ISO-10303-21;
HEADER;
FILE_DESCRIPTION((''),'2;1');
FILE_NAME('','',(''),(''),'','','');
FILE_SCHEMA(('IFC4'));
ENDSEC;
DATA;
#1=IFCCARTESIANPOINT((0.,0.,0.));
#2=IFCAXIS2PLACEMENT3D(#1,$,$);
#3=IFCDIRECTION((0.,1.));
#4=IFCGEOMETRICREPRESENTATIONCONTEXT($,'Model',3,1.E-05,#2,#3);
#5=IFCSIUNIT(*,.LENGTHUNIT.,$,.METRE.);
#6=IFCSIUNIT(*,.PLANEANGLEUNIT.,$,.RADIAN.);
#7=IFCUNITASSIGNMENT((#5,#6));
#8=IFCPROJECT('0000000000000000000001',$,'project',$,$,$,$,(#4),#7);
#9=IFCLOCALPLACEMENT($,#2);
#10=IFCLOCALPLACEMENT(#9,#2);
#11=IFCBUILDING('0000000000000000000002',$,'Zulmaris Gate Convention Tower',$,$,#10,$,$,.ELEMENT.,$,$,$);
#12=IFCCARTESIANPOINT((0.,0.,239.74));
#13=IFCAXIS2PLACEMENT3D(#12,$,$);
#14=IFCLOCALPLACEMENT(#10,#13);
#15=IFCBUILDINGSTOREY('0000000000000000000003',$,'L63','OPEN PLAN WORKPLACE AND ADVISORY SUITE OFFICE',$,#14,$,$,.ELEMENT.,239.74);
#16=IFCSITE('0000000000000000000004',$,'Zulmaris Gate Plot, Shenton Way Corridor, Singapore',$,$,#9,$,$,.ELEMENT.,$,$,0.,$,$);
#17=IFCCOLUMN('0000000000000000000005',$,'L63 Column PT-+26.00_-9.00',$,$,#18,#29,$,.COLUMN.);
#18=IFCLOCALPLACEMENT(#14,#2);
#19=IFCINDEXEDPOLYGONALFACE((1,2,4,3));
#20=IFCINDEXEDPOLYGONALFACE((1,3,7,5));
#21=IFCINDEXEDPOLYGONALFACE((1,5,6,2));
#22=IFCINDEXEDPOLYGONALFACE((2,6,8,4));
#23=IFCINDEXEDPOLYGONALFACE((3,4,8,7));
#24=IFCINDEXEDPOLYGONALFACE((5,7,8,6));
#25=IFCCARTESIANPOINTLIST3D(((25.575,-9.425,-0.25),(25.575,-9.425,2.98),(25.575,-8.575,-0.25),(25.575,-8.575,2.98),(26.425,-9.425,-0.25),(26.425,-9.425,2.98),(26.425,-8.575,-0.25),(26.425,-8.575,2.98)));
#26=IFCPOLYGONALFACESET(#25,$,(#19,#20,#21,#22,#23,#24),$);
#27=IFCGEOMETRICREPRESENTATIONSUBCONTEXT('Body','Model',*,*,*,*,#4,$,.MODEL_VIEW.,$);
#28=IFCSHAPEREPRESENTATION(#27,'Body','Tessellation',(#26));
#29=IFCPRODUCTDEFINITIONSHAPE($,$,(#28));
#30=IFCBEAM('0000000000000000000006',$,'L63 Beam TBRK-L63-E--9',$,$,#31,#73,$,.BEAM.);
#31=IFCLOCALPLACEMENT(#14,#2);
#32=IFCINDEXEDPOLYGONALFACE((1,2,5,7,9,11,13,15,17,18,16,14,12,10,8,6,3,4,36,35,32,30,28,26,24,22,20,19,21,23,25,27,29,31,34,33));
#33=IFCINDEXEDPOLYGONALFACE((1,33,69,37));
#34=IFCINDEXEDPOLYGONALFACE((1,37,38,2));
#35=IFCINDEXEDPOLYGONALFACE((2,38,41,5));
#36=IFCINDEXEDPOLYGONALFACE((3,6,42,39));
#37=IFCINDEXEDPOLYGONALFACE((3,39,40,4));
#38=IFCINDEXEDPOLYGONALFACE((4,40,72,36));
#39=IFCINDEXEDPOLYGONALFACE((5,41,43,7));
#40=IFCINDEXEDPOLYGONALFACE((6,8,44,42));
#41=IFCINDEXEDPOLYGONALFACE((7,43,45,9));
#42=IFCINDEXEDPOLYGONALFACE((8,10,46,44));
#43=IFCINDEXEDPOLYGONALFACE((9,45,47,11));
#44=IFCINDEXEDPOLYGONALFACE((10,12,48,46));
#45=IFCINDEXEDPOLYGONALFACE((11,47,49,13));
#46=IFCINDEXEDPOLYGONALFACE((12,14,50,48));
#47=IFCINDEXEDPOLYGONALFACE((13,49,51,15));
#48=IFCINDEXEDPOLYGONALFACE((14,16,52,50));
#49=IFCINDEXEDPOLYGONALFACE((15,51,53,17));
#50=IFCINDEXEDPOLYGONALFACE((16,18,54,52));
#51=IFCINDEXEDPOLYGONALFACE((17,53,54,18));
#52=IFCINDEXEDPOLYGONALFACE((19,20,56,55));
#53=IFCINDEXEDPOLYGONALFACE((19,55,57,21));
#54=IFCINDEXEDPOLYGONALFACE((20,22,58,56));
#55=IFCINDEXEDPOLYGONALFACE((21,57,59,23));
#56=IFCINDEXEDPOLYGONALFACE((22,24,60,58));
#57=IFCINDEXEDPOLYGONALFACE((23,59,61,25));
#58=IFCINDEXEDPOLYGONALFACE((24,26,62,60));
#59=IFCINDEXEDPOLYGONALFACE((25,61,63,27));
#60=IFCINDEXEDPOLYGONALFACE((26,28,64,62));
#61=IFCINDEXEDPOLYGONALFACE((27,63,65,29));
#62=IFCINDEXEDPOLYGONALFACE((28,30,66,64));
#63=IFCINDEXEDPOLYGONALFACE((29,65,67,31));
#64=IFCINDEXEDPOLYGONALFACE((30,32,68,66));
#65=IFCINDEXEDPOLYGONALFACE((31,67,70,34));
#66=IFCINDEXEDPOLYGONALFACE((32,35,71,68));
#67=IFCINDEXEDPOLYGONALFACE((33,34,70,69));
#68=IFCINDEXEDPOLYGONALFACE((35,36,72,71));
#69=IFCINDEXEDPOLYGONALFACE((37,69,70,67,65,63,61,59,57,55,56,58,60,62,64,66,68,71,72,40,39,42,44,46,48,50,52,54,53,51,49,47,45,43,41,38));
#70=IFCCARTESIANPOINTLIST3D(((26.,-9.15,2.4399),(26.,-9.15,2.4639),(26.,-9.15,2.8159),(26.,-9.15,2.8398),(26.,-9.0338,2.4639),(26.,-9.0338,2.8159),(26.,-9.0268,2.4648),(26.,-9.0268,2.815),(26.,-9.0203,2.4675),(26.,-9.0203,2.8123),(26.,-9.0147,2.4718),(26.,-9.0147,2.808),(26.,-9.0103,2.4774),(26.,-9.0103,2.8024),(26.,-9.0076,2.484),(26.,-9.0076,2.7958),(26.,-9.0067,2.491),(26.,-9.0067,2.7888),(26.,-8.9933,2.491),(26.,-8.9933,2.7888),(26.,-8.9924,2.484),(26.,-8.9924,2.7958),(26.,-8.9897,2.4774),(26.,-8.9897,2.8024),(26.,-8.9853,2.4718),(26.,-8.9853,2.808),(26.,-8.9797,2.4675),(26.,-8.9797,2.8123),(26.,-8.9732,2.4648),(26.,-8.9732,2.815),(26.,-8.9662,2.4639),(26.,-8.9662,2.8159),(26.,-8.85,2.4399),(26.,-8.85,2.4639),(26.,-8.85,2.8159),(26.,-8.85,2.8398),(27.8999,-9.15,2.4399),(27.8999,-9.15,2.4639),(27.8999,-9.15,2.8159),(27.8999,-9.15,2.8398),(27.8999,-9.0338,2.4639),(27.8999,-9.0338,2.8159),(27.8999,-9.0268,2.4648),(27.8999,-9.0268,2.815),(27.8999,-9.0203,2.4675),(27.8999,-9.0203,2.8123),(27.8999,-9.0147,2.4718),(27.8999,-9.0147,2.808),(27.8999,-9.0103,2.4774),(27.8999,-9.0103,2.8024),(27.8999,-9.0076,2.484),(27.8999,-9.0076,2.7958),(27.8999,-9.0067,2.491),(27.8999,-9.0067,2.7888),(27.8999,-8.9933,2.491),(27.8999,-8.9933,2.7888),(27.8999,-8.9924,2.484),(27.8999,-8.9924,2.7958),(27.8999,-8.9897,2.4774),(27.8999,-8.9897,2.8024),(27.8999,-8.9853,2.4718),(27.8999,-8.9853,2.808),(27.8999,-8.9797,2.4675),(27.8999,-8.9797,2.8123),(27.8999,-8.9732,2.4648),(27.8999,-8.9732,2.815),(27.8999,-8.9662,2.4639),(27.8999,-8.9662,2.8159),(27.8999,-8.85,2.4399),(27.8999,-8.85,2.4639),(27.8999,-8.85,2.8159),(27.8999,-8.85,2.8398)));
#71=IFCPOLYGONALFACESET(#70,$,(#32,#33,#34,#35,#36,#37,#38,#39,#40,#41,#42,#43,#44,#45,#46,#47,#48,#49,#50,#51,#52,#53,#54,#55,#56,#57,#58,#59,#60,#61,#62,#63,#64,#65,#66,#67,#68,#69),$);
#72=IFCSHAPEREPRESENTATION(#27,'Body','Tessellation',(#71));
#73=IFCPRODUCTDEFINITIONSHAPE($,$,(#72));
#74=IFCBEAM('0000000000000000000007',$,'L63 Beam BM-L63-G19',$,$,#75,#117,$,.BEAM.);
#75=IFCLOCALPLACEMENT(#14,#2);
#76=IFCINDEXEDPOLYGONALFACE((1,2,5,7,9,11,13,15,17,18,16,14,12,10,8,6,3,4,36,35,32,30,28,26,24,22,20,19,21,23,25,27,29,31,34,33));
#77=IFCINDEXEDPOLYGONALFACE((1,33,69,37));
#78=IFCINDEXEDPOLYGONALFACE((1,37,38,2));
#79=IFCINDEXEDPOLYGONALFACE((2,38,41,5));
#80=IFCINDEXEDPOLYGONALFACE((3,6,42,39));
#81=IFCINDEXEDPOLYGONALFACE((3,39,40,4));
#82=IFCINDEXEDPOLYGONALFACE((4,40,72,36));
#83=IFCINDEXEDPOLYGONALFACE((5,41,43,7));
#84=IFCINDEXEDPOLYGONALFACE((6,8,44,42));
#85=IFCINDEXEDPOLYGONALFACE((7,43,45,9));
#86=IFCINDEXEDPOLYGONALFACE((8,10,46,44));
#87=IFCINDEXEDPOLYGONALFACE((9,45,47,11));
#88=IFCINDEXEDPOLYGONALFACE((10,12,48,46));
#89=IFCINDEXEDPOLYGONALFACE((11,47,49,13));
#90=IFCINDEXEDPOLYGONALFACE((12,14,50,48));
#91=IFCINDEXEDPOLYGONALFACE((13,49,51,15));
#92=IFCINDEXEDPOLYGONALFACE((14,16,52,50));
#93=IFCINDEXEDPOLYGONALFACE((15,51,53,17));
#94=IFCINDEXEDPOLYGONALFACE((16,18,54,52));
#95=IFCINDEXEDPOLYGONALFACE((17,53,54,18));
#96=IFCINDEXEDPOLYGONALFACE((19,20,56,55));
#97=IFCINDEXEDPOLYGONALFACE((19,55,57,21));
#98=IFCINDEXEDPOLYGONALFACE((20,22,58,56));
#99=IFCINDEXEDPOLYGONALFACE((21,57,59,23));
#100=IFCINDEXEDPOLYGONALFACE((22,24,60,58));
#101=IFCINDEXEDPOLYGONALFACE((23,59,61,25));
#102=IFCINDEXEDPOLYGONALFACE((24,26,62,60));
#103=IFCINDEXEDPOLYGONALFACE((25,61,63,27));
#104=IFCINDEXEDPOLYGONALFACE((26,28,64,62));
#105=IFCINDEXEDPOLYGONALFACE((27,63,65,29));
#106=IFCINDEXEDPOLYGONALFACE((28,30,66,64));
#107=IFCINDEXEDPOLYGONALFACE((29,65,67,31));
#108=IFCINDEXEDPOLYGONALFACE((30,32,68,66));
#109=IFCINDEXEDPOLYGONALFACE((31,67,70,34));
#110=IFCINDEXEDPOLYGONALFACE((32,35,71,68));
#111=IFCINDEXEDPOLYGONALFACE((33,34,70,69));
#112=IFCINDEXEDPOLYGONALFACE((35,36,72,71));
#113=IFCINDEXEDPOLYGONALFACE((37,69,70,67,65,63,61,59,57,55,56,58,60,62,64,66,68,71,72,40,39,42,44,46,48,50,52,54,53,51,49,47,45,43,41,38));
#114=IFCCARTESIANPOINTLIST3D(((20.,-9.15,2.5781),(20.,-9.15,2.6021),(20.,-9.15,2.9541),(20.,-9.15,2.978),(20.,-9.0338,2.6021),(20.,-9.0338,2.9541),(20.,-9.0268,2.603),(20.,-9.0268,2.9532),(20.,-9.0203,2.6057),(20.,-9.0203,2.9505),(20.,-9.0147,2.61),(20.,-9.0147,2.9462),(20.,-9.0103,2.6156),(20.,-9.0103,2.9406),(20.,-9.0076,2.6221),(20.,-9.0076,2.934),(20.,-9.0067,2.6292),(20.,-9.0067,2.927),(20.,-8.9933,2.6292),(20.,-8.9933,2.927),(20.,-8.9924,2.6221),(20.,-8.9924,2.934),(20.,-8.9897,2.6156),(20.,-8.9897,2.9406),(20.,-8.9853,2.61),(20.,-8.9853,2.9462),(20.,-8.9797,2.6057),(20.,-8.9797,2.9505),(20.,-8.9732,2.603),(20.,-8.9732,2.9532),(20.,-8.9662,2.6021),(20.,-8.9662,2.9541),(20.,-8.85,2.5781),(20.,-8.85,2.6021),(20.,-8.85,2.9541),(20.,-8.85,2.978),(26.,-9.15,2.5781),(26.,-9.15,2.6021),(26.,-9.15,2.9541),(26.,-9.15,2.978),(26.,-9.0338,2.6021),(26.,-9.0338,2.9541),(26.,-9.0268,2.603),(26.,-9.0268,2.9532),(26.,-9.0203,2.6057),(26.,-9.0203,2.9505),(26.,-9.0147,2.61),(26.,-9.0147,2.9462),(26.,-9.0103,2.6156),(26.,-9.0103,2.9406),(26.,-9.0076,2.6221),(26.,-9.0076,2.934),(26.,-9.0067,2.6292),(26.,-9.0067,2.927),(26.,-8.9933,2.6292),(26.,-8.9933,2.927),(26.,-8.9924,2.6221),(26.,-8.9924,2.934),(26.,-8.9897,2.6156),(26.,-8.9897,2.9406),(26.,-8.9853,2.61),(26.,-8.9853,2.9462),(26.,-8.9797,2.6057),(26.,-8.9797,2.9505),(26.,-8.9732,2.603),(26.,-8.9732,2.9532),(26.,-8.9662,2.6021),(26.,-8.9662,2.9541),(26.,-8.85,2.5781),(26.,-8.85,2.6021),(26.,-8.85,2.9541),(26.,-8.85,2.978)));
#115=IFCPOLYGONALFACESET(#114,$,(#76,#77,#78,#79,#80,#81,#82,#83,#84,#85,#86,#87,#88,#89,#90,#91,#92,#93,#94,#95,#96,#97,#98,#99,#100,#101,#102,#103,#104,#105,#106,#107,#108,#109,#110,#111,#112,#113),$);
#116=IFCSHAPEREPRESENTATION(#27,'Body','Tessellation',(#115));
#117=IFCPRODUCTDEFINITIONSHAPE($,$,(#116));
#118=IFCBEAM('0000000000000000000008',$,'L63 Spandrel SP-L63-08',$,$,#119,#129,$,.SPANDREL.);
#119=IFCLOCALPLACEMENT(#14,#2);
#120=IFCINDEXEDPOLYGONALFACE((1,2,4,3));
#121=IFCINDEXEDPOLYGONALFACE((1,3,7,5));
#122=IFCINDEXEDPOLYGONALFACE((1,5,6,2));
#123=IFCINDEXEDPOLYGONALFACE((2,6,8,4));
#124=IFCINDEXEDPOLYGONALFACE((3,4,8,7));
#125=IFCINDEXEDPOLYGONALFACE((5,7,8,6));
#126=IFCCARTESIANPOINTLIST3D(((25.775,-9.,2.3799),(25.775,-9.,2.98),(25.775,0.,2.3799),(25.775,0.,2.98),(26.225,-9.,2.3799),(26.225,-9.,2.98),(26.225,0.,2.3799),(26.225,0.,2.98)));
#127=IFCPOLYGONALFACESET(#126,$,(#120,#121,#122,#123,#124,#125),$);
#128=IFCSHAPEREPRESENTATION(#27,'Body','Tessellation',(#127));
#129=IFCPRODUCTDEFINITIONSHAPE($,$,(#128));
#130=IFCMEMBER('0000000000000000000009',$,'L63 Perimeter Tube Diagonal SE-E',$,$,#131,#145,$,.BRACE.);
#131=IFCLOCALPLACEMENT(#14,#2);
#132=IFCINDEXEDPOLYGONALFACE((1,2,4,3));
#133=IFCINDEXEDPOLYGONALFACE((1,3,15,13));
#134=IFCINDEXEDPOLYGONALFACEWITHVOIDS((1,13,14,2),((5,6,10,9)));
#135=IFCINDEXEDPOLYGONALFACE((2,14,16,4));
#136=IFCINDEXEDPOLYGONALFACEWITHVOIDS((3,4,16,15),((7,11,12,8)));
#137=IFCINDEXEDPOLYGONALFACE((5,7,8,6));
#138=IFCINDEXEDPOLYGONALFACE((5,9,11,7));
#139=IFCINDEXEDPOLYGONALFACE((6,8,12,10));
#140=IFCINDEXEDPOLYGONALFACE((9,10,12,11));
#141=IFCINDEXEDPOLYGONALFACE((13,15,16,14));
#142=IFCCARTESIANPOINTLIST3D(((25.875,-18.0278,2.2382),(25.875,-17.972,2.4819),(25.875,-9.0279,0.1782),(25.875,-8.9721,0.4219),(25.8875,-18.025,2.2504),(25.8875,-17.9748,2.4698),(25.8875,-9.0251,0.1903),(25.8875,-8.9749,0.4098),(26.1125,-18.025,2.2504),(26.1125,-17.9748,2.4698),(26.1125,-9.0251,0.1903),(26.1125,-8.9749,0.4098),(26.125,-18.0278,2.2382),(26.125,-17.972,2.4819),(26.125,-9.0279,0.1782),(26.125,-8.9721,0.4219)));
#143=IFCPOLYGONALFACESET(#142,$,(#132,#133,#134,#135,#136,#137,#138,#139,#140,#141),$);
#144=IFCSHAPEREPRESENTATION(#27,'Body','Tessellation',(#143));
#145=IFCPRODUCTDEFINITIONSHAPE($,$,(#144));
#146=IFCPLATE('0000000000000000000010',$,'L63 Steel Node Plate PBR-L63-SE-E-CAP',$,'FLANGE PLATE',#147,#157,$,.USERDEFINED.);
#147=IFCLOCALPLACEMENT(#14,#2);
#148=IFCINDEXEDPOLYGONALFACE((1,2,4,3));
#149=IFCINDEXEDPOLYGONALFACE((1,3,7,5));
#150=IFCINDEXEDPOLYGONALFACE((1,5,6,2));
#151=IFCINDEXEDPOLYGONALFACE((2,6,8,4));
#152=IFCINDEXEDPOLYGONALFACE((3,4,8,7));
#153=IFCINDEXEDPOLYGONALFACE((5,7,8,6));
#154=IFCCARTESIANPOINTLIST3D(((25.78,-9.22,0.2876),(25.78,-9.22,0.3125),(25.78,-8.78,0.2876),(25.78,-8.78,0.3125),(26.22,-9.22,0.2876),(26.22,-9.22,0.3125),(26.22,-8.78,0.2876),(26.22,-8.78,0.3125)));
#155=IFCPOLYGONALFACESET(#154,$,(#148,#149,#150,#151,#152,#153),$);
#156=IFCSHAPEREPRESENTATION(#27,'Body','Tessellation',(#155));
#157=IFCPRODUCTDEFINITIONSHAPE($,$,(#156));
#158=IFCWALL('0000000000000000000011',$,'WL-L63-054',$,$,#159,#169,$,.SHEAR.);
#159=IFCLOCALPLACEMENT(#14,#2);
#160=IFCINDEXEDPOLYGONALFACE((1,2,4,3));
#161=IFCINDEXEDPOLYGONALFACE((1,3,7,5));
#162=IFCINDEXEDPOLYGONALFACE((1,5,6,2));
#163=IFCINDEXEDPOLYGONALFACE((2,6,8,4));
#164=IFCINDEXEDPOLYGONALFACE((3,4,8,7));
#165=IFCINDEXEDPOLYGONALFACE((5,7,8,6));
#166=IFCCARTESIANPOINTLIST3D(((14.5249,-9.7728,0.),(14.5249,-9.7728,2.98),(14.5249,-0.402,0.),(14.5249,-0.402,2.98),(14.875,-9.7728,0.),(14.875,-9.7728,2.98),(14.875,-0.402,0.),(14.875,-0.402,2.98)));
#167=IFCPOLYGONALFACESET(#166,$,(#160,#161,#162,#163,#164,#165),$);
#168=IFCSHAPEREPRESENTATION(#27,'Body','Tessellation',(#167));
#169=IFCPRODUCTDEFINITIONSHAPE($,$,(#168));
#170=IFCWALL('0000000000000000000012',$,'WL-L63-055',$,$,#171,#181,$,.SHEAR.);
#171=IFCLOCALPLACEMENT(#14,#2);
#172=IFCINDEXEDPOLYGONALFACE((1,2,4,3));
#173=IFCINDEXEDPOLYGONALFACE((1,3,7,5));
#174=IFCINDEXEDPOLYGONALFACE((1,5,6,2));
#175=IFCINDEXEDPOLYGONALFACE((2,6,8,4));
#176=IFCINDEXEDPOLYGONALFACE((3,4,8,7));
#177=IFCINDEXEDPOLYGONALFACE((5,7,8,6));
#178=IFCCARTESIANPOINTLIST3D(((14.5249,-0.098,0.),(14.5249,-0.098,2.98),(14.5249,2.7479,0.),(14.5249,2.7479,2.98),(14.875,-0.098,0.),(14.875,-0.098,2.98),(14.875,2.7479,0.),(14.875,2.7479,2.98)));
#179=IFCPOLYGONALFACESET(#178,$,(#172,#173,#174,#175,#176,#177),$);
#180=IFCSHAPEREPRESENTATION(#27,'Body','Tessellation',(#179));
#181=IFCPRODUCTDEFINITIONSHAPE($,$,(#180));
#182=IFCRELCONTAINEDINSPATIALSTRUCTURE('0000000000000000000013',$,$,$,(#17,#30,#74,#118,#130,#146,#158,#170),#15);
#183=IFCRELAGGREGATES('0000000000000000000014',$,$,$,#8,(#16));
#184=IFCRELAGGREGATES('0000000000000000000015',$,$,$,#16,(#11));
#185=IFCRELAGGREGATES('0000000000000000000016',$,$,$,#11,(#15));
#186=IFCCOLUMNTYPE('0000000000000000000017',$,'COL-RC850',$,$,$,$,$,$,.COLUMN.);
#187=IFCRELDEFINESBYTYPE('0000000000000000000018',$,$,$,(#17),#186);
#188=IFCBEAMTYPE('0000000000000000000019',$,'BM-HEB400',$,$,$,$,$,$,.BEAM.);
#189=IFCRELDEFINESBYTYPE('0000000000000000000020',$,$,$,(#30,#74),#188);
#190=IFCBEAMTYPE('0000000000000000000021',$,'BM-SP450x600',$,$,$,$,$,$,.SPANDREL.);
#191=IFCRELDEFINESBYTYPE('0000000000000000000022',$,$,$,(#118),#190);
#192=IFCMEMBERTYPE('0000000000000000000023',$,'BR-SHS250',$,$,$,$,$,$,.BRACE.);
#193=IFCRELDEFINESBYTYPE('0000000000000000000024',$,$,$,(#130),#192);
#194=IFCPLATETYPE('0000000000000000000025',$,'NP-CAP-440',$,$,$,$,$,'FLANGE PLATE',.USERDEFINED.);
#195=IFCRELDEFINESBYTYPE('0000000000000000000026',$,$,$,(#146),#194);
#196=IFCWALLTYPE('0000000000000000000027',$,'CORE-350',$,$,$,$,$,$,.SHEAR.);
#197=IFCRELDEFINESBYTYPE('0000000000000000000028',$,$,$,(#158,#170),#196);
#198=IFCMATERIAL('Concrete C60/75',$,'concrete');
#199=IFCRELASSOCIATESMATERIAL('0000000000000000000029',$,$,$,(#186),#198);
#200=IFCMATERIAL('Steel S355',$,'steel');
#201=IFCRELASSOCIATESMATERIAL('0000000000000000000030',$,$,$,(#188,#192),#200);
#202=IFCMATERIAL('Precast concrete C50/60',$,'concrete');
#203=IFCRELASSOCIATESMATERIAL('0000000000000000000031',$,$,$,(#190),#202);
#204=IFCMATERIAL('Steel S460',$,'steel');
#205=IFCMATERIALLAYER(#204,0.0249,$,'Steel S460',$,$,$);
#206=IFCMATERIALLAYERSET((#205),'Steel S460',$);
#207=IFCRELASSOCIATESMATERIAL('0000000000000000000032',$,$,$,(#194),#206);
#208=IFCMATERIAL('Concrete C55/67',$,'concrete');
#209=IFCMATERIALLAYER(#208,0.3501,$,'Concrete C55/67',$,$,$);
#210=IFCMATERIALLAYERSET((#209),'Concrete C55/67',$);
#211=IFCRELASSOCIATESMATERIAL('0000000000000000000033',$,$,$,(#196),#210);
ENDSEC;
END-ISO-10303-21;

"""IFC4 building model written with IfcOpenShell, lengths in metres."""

from ifc_helpers import new_model, si_unit, direction, frame, frame_2d, origin, origin_2d, place, context, subcontext, project, spatial, rectangle, hollow_rectangle, i_section, extrude, material, layer, layer_set, material_profile, profile_set, type_object, element, save


model = new_model("IFC4")

# Units and contexts
model_context = context("Model", 3, precision=1e-05, world=origin(), true_north=direction((0.0, 1.0)))
body_context = subcontext(model_context, "Body", "Model", "MODEL_VIEW")
ifc_project = project(units=[si_unit("LENGTHUNIT", "METRE"), si_unit("PLANEANGLEUNIT", "RADIAN")], contexts=[model_context])

# Site, building, storey
site_placement = place(None, origin())
site = spatial("IfcSite", under=ifc_project, at=site_placement, Name="Zulmaris Gate Plot, Shenton Way Corridor, Singapore", CompositionType="ELEMENT", RefElevation=0.0)
building_placement = place(site_placement, origin())
building = spatial("IfcBuilding", under=site, at=building_placement, Name="Zulmaris Gate Convention Tower", CompositionType="ELEMENT")
storey_placement = place(building_placement, frame((0.0, 0.0, 239.74)))
storey = spatial("IfcBuildingStorey", under=building, at=storey_placement, Name="L63", Description="OPEN PLAN WORKPLACE AND ADVISORY SUITE OFFICE", CompositionType="ELEMENT", Elevation=239.74)

# Column
ifc_material_1 = material(Name="Concrete C60/75", Category="concrete")
ifc_material_profile_1 = material_profile(ifc_material_1, rectangle(XDim=0.8501, YDim=0.8501, at=origin_2d()), Name="RC COL 850x850")
ifc_profile_set_1 = profile_set([ifc_material_profile_1], Name="Concrete C60/75")
column_type = type_object("IfcColumnType", Name="COL-RC850", PredefinedType="COLUMN", material=ifc_profile_set_1)
column_placement = place(storey_placement, frame((26.0, -9.0, -0.25), z_axis=(0.0, 0.0, 1.0), x_axis=(1.0, 0.0, 0.0)))
element("IfcColumn", 1, at=column_placement, inside=storey, type_object=column_type, Name="L63 Column PT-+26.00_-9.00", PredefinedType="COLUMN", context=body_context, shape_type="SweptSolid", body=[
    extrude(rectangle(XDim=0.8501, YDim=0.8501, at=origin_2d()), origin(), (0.0, 0.0, 1.0), 3.23),
])

# Beams
ifc_material_2 = material(Name="Steel S355", Category="steel")
ifc_material_profile_2 = material_profile(ifc_material_2, i_section(OverallWidth=0.3, OverallDepth=0.3999, WebThickness=0.0134, FlangeThickness=0.0239, FilletRadius=0.0271, at=origin_2d()), Name="HEB 400")
ifc_profile_set_2 = profile_set([ifc_material_profile_2], Name="Steel S355")
beam_type_1 = type_object("IfcBeamType", Name="BM-HEB400", PredefinedType="BEAM", material=ifc_profile_set_2)
beam_1_placement = place(storey_placement, frame((26.0, -9.0, 2.6399), z_axis=(1.0, 0.0, 0.0), x_axis=(0.0, 1.0, 0.0)))
element("IfcBeam", 2, at=beam_1_placement, inside=storey, type_object=beam_type_1, Name="L63 Beam TBRK-L63-E--9", PredefinedType="BEAM", context=body_context, shape_type="SweptSolid", body=[
    extrude(i_section(OverallWidth=0.3, OverallDepth=0.3999, WebThickness=0.0134, FlangeThickness=0.0239, FilletRadius=0.0271, at=origin_2d()), origin(), (0.0, 0.0, 1.0), 1.8999),
])
beam_2_placement = place(storey_placement, frame((20.0, -9.0, 2.7781), z_axis=(1.0, 0.0, 0.0), x_axis=(0.0, 1.0, 0.0)))
element("IfcBeam", 3, at=beam_2_placement, inside=storey, type_object=beam_type_1, Name="L63 Beam BM-L63-G19", PredefinedType="BEAM", context=body_context, shape_type="SweptSolid", body=[
    extrude(i_section(OverallWidth=0.3, OverallDepth=0.3999, WebThickness=0.0134, FlangeThickness=0.0239, FilletRadius=0.0271, at=origin_2d()), origin(), (0.0, 0.0, 1.0), 6.0),
])
ifc_material_3 = material(Name="Precast concrete C50/60", Category="concrete")
ifc_material_profile_3 = material_profile(ifc_material_3, rectangle(XDim=0.45, YDim=0.6001, at=origin_2d()), Name="RC SPANDREL 450x600")
ifc_profile_set_3 = profile_set([ifc_material_profile_3], Name="Precast concrete C50/60")
beam_type_2 = type_object("IfcBeamType", Name="BM-SP450x600", PredefinedType="SPANDREL", material=ifc_profile_set_3)
beam_3_placement = place(storey_placement, frame((26.0, -9.0, 2.6799), z_axis=(0.0, 1.0, 0.0), x_axis=(-1.0, 0.0, 0.0)))
element("IfcBeam", 4, at=beam_3_placement, inside=storey, type_object=beam_type_2, Name="L63 Spandrel SP-L63-08", PredefinedType="SPANDREL", context=body_context, shape_type="SweptSolid", body=[
    extrude(rectangle(XDim=0.45, YDim=0.6001, at=origin_2d()), origin(), (0.0, 0.0, 1.0), 9.0),
])

# Member
ifc_material_profile_4 = material_profile(ifc_material_2, hollow_rectangle(XDim=0.25, YDim=0.25, WallThickness=0.0125, at=origin_2d()), Name="SHS 250x250x12.5")
ifc_profile_set_4 = profile_set([ifc_material_profile_4], Name="Steel S355")
member_type = type_object("IfcMemberType", Name="BR-SHS250", PredefinedType="BRACE", material=ifc_profile_set_4)
member_placement = place(storey_placement, frame((26.0, -9.0, 0.3), z_axis=(0.0, -0.97479, 0.223125), x_axis=(1.0, 0.0, 0.0)))
element("IfcMember", 5, at=member_placement, inside=storey, type_object=member_type, Name="L63 Perimeter Tube Diagonal SE-E", PredefinedType="BRACE", context=body_context, shape_type="SweptSolid", body=[
    extrude(hollow_rectangle(XDim=0.25, YDim=0.25, WallThickness=0.0125, at=origin_2d()), origin(), (0.0, 0.0, 1.0), 9.2327),
])

# Plate
ifc_material_4 = material(Name="Steel S460", Category="steel")
ifc_layer_1 = layer(ifc_material_4, 0.0249, Name="Steel S460")
ifc_layer_set_1 = layer_set([ifc_layer_1], Name="Steel S460")
plate_type = type_object("IfcPlateType", Name="NP-CAP-440", ElementType="FLANGE PLATE", PredefinedType="USERDEFINED", material=ifc_layer_set_1)
plate_placement = place(storey_placement, frame((26.0, -9.0, 0.2876), z_axis=(0.0, 0.0, 1.0), x_axis=(1.0, 0.0, 0.0)))
element("IfcPlate", 6, at=plate_placement, inside=storey, type_object=plate_type, Name="L63 Steel Node Plate PBR-L63-SE-E-CAP", ObjectType="FLANGE PLATE", PredefinedType="USERDEFINED", context=body_context, shape_type="SweptSolid", body=[
    extrude(rectangle(XDim=0.4399, YDim=0.4399, at=origin_2d()), origin(), (0.0, 0.0, 1.0), 0.0249),
])

# Walls
ifc_material_5 = material(Name="Concrete C55/67", Category="concrete")
ifc_layer_2 = layer(ifc_material_5, 0.3501, Name="Concrete C55/67")
ifc_layer_set_2 = layer_set([ifc_layer_2], Name="Concrete C55/67")
wall_type_1 = type_object("IfcWallType", Name="CORE-350", PredefinedType="SHEAR", material=ifc_layer_set_2)
wall_1_placement = place(storey_placement, frame((14.7, -9.7729, 0.0), z_axis=(0.0, 0.0, 1.0), x_axis=(0.0, 1.0, 0.0)))
element("IfcWall", 7, at=wall_1_placement, inside=storey, type_object=wall_type_1, Name="WL-L63-054", PredefinedType="SHEAR", context=body_context, shape_type="SweptSolid", body=[
    extrude(rectangle(XDim=9.3708, YDim=0.3501, at=frame_2d((4.6855, 0.0))), origin(), (0.0, 0.0, 1.0), 2.98),
])
wall_2_placement = place(storey_placement, frame((14.7, -0.0979, 0.0), z_axis=(0.0, 0.0, 1.0), x_axis=(0.0, 1.0, 0.0)))
element("IfcWall", 8, at=wall_2_placement, inside=storey, type_object=wall_type_1, Name="WL-L63-055", PredefinedType="SHEAR", context=body_context, shape_type="SweptSolid", body=[
    extrude(rectangle(XDim=2.8459, YDim=0.3501, at=frame_2d((1.4229, 0.0))), origin(), (0.0, 0.0, 1.0), 2.98),
])

save(model, "model.ifc")
